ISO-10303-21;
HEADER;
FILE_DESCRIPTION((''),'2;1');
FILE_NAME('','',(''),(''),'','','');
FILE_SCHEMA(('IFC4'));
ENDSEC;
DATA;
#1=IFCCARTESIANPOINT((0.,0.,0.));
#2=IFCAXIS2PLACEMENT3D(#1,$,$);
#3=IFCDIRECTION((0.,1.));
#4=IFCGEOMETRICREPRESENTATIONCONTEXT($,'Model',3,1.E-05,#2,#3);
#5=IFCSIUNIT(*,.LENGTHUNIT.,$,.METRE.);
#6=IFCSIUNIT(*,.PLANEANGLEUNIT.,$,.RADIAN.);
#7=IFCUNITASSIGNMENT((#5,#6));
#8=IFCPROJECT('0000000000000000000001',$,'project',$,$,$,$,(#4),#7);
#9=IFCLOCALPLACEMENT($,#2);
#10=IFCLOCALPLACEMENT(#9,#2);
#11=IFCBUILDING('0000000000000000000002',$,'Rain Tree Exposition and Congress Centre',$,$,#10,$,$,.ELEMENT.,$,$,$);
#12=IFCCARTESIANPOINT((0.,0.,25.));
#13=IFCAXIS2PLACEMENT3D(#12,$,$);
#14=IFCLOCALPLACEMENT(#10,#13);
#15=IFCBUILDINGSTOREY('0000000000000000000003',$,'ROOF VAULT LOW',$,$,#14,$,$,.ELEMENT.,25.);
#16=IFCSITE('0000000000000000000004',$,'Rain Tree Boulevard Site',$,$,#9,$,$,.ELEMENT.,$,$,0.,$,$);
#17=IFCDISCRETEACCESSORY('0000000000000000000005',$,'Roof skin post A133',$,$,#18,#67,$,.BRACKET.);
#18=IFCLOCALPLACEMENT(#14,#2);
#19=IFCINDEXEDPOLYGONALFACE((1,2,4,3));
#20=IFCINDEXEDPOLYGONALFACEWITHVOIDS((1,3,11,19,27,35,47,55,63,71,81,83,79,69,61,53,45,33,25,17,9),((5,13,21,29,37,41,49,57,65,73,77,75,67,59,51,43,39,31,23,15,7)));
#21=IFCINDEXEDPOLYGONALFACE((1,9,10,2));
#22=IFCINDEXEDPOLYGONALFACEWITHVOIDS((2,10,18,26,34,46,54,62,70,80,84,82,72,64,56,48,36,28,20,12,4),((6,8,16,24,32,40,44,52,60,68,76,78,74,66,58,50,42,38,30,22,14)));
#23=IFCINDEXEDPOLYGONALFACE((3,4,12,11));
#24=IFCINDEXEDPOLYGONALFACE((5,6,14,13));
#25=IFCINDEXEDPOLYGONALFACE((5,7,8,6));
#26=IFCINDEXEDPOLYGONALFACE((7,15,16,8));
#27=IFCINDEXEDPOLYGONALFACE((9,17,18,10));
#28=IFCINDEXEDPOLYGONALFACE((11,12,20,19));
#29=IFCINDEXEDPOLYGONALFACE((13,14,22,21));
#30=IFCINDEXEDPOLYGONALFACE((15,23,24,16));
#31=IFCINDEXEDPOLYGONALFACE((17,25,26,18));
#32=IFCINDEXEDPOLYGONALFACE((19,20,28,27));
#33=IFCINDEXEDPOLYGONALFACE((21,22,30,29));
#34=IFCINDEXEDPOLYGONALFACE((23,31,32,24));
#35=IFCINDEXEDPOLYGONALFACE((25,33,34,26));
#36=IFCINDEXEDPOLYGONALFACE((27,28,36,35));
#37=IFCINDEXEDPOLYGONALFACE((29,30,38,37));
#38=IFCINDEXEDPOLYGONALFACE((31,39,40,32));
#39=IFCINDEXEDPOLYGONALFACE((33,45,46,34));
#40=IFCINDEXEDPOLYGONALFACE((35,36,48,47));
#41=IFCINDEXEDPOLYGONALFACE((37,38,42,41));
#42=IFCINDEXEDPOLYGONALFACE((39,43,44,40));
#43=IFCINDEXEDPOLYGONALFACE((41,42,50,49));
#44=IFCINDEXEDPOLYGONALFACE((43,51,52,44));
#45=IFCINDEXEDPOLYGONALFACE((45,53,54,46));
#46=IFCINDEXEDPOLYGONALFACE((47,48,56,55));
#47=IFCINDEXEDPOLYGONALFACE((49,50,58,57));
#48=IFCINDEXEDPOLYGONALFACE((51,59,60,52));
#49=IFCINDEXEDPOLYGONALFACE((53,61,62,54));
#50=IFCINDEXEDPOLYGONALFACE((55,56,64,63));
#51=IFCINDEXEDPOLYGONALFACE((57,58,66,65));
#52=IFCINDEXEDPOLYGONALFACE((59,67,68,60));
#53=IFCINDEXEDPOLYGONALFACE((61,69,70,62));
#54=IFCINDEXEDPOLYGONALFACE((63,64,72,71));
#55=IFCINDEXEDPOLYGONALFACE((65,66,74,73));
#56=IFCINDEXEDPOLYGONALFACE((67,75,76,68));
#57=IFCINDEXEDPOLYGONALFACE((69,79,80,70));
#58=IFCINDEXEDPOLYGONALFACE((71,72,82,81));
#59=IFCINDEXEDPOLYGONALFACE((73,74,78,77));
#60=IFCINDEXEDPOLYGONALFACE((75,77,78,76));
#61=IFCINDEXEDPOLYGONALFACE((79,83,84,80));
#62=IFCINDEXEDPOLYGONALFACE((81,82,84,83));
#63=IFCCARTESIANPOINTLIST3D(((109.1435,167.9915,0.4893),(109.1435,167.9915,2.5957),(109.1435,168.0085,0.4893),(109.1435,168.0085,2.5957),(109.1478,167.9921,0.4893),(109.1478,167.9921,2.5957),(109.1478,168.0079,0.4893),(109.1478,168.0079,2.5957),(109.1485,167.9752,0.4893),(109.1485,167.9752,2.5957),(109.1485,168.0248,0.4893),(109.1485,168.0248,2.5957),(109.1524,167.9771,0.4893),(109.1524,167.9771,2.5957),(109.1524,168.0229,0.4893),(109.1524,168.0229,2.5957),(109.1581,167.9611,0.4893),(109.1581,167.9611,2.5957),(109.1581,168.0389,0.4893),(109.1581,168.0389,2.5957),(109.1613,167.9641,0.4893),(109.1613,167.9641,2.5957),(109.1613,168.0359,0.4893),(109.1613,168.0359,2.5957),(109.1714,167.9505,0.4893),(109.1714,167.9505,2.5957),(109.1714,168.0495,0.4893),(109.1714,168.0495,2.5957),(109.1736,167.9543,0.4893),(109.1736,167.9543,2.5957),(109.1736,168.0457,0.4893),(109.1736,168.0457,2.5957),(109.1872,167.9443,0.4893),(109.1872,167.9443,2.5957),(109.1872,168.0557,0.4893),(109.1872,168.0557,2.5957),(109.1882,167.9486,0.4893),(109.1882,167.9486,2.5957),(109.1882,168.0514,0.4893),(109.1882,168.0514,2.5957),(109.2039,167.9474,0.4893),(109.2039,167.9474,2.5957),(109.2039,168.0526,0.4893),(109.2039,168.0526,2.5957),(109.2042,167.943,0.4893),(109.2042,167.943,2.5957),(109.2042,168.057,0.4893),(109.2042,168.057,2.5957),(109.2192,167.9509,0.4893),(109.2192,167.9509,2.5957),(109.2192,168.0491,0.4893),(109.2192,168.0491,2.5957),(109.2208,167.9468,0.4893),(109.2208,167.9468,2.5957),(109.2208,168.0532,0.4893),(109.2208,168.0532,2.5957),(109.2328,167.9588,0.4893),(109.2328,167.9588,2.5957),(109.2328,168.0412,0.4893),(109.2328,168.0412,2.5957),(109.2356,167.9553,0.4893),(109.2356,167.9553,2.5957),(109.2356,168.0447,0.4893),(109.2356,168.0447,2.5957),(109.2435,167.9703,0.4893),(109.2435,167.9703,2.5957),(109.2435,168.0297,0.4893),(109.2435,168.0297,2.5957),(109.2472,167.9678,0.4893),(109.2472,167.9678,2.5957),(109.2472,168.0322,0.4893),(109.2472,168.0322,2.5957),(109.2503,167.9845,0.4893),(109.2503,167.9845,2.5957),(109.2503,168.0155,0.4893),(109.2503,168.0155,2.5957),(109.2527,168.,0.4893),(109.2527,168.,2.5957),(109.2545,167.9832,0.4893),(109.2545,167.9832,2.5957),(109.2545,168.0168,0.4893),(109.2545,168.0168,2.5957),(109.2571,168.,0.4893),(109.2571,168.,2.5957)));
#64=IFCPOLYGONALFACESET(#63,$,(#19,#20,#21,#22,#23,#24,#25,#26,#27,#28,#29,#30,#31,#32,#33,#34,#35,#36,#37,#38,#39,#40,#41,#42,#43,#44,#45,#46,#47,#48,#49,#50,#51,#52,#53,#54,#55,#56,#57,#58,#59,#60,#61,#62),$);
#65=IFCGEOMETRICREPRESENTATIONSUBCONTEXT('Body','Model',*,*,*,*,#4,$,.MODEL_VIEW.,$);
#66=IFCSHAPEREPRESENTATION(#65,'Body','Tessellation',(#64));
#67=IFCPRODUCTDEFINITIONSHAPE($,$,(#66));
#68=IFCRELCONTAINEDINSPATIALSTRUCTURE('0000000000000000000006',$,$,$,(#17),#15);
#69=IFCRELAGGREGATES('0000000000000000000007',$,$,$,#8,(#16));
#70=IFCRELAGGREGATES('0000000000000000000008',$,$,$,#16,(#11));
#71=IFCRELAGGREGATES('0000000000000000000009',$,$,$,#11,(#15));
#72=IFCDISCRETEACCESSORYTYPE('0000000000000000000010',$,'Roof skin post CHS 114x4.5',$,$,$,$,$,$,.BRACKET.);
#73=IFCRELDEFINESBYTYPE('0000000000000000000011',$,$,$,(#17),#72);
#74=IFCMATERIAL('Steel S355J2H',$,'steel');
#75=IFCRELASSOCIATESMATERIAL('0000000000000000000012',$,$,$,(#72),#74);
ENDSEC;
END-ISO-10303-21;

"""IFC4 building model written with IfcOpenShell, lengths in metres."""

from ifc_helpers import new_model, si_unit, direction, frame, origin, origin_2d, place, context, subcontext, project, spatial, hollow_circle, extrude, material, material_profile, profile_set, type_object, element, save


model = new_model("IFC4")

# Units and contexts
model_context = context("Model", 3, precision=1e-05, world=origin(), true_north=direction((0.0, 1.0)))
body_context = subcontext(model_context, "Body", "Model", "MODEL_VIEW")
ifc_project = project(units=[si_unit("LENGTHUNIT", "METRE"), si_unit("PLANEANGLEUNIT", "RADIAN")], contexts=[model_context])

# Site, building, storey
site_placement = place(None, origin())
site = spatial("IfcSite", under=ifc_project, at=site_placement, Name="Rain Tree Boulevard Site", CompositionType="ELEMENT", RefElevation=0.0)
building_placement = place(site_placement, origin())
building = spatial("IfcBuilding", under=site, at=building_placement, Name="Rain Tree Exposition and Congress Centre", CompositionType="ELEMENT")
storey_placement = place(building_placement, frame((0.0, 0.0, 25.0)))
storey = spatial("IfcBuildingStorey", under=building, at=storey_placement, Name="ROOF VAULT LOW", CompositionType="ELEMENT", Elevation=25.0)

# Discrete accessory
ifc_material_1 = material(Name="Steel S355J2H", Category="steel")
ifc_material_profile_1 = material_profile(ifc_material_1, hollow_circle(Radius=0.0571, WallThickness=0.0044, at=origin_2d()), Name="CHS 114x4.5")
ifc_profile_set_1 = profile_set([ifc_material_profile_1], Name="Steel S355J2H")
discrete_accessory_type = type_object("IfcDiscreteAccessoryType", Name="Roof skin post CHS 114x4.5", PredefinedType="BRACKET", material=ifc_profile_set_1)
discrete_accessory_1_placement = place(storey_placement, frame((109.2, 168.0, 0.4893), z_axis=(0.0, 0.0, 1.0), x_axis=(1.0, 0.0, 0.0)))
element("IfcDiscreteAccessory", 1, at=discrete_accessory_1_placement, inside=storey, type_object=discrete_accessory_type, Name="Roof skin post A133", PredefinedType="BRACKET", context=body_context, shape_type="SweptSolid", body=[
    extrude(hollow_circle(Radius=0.0571, WallThickness=0.0044, at=origin_2d()), origin(), (0.0, 0.0, 1.0), 2.1064),
])

save(model, "model.ifc")
